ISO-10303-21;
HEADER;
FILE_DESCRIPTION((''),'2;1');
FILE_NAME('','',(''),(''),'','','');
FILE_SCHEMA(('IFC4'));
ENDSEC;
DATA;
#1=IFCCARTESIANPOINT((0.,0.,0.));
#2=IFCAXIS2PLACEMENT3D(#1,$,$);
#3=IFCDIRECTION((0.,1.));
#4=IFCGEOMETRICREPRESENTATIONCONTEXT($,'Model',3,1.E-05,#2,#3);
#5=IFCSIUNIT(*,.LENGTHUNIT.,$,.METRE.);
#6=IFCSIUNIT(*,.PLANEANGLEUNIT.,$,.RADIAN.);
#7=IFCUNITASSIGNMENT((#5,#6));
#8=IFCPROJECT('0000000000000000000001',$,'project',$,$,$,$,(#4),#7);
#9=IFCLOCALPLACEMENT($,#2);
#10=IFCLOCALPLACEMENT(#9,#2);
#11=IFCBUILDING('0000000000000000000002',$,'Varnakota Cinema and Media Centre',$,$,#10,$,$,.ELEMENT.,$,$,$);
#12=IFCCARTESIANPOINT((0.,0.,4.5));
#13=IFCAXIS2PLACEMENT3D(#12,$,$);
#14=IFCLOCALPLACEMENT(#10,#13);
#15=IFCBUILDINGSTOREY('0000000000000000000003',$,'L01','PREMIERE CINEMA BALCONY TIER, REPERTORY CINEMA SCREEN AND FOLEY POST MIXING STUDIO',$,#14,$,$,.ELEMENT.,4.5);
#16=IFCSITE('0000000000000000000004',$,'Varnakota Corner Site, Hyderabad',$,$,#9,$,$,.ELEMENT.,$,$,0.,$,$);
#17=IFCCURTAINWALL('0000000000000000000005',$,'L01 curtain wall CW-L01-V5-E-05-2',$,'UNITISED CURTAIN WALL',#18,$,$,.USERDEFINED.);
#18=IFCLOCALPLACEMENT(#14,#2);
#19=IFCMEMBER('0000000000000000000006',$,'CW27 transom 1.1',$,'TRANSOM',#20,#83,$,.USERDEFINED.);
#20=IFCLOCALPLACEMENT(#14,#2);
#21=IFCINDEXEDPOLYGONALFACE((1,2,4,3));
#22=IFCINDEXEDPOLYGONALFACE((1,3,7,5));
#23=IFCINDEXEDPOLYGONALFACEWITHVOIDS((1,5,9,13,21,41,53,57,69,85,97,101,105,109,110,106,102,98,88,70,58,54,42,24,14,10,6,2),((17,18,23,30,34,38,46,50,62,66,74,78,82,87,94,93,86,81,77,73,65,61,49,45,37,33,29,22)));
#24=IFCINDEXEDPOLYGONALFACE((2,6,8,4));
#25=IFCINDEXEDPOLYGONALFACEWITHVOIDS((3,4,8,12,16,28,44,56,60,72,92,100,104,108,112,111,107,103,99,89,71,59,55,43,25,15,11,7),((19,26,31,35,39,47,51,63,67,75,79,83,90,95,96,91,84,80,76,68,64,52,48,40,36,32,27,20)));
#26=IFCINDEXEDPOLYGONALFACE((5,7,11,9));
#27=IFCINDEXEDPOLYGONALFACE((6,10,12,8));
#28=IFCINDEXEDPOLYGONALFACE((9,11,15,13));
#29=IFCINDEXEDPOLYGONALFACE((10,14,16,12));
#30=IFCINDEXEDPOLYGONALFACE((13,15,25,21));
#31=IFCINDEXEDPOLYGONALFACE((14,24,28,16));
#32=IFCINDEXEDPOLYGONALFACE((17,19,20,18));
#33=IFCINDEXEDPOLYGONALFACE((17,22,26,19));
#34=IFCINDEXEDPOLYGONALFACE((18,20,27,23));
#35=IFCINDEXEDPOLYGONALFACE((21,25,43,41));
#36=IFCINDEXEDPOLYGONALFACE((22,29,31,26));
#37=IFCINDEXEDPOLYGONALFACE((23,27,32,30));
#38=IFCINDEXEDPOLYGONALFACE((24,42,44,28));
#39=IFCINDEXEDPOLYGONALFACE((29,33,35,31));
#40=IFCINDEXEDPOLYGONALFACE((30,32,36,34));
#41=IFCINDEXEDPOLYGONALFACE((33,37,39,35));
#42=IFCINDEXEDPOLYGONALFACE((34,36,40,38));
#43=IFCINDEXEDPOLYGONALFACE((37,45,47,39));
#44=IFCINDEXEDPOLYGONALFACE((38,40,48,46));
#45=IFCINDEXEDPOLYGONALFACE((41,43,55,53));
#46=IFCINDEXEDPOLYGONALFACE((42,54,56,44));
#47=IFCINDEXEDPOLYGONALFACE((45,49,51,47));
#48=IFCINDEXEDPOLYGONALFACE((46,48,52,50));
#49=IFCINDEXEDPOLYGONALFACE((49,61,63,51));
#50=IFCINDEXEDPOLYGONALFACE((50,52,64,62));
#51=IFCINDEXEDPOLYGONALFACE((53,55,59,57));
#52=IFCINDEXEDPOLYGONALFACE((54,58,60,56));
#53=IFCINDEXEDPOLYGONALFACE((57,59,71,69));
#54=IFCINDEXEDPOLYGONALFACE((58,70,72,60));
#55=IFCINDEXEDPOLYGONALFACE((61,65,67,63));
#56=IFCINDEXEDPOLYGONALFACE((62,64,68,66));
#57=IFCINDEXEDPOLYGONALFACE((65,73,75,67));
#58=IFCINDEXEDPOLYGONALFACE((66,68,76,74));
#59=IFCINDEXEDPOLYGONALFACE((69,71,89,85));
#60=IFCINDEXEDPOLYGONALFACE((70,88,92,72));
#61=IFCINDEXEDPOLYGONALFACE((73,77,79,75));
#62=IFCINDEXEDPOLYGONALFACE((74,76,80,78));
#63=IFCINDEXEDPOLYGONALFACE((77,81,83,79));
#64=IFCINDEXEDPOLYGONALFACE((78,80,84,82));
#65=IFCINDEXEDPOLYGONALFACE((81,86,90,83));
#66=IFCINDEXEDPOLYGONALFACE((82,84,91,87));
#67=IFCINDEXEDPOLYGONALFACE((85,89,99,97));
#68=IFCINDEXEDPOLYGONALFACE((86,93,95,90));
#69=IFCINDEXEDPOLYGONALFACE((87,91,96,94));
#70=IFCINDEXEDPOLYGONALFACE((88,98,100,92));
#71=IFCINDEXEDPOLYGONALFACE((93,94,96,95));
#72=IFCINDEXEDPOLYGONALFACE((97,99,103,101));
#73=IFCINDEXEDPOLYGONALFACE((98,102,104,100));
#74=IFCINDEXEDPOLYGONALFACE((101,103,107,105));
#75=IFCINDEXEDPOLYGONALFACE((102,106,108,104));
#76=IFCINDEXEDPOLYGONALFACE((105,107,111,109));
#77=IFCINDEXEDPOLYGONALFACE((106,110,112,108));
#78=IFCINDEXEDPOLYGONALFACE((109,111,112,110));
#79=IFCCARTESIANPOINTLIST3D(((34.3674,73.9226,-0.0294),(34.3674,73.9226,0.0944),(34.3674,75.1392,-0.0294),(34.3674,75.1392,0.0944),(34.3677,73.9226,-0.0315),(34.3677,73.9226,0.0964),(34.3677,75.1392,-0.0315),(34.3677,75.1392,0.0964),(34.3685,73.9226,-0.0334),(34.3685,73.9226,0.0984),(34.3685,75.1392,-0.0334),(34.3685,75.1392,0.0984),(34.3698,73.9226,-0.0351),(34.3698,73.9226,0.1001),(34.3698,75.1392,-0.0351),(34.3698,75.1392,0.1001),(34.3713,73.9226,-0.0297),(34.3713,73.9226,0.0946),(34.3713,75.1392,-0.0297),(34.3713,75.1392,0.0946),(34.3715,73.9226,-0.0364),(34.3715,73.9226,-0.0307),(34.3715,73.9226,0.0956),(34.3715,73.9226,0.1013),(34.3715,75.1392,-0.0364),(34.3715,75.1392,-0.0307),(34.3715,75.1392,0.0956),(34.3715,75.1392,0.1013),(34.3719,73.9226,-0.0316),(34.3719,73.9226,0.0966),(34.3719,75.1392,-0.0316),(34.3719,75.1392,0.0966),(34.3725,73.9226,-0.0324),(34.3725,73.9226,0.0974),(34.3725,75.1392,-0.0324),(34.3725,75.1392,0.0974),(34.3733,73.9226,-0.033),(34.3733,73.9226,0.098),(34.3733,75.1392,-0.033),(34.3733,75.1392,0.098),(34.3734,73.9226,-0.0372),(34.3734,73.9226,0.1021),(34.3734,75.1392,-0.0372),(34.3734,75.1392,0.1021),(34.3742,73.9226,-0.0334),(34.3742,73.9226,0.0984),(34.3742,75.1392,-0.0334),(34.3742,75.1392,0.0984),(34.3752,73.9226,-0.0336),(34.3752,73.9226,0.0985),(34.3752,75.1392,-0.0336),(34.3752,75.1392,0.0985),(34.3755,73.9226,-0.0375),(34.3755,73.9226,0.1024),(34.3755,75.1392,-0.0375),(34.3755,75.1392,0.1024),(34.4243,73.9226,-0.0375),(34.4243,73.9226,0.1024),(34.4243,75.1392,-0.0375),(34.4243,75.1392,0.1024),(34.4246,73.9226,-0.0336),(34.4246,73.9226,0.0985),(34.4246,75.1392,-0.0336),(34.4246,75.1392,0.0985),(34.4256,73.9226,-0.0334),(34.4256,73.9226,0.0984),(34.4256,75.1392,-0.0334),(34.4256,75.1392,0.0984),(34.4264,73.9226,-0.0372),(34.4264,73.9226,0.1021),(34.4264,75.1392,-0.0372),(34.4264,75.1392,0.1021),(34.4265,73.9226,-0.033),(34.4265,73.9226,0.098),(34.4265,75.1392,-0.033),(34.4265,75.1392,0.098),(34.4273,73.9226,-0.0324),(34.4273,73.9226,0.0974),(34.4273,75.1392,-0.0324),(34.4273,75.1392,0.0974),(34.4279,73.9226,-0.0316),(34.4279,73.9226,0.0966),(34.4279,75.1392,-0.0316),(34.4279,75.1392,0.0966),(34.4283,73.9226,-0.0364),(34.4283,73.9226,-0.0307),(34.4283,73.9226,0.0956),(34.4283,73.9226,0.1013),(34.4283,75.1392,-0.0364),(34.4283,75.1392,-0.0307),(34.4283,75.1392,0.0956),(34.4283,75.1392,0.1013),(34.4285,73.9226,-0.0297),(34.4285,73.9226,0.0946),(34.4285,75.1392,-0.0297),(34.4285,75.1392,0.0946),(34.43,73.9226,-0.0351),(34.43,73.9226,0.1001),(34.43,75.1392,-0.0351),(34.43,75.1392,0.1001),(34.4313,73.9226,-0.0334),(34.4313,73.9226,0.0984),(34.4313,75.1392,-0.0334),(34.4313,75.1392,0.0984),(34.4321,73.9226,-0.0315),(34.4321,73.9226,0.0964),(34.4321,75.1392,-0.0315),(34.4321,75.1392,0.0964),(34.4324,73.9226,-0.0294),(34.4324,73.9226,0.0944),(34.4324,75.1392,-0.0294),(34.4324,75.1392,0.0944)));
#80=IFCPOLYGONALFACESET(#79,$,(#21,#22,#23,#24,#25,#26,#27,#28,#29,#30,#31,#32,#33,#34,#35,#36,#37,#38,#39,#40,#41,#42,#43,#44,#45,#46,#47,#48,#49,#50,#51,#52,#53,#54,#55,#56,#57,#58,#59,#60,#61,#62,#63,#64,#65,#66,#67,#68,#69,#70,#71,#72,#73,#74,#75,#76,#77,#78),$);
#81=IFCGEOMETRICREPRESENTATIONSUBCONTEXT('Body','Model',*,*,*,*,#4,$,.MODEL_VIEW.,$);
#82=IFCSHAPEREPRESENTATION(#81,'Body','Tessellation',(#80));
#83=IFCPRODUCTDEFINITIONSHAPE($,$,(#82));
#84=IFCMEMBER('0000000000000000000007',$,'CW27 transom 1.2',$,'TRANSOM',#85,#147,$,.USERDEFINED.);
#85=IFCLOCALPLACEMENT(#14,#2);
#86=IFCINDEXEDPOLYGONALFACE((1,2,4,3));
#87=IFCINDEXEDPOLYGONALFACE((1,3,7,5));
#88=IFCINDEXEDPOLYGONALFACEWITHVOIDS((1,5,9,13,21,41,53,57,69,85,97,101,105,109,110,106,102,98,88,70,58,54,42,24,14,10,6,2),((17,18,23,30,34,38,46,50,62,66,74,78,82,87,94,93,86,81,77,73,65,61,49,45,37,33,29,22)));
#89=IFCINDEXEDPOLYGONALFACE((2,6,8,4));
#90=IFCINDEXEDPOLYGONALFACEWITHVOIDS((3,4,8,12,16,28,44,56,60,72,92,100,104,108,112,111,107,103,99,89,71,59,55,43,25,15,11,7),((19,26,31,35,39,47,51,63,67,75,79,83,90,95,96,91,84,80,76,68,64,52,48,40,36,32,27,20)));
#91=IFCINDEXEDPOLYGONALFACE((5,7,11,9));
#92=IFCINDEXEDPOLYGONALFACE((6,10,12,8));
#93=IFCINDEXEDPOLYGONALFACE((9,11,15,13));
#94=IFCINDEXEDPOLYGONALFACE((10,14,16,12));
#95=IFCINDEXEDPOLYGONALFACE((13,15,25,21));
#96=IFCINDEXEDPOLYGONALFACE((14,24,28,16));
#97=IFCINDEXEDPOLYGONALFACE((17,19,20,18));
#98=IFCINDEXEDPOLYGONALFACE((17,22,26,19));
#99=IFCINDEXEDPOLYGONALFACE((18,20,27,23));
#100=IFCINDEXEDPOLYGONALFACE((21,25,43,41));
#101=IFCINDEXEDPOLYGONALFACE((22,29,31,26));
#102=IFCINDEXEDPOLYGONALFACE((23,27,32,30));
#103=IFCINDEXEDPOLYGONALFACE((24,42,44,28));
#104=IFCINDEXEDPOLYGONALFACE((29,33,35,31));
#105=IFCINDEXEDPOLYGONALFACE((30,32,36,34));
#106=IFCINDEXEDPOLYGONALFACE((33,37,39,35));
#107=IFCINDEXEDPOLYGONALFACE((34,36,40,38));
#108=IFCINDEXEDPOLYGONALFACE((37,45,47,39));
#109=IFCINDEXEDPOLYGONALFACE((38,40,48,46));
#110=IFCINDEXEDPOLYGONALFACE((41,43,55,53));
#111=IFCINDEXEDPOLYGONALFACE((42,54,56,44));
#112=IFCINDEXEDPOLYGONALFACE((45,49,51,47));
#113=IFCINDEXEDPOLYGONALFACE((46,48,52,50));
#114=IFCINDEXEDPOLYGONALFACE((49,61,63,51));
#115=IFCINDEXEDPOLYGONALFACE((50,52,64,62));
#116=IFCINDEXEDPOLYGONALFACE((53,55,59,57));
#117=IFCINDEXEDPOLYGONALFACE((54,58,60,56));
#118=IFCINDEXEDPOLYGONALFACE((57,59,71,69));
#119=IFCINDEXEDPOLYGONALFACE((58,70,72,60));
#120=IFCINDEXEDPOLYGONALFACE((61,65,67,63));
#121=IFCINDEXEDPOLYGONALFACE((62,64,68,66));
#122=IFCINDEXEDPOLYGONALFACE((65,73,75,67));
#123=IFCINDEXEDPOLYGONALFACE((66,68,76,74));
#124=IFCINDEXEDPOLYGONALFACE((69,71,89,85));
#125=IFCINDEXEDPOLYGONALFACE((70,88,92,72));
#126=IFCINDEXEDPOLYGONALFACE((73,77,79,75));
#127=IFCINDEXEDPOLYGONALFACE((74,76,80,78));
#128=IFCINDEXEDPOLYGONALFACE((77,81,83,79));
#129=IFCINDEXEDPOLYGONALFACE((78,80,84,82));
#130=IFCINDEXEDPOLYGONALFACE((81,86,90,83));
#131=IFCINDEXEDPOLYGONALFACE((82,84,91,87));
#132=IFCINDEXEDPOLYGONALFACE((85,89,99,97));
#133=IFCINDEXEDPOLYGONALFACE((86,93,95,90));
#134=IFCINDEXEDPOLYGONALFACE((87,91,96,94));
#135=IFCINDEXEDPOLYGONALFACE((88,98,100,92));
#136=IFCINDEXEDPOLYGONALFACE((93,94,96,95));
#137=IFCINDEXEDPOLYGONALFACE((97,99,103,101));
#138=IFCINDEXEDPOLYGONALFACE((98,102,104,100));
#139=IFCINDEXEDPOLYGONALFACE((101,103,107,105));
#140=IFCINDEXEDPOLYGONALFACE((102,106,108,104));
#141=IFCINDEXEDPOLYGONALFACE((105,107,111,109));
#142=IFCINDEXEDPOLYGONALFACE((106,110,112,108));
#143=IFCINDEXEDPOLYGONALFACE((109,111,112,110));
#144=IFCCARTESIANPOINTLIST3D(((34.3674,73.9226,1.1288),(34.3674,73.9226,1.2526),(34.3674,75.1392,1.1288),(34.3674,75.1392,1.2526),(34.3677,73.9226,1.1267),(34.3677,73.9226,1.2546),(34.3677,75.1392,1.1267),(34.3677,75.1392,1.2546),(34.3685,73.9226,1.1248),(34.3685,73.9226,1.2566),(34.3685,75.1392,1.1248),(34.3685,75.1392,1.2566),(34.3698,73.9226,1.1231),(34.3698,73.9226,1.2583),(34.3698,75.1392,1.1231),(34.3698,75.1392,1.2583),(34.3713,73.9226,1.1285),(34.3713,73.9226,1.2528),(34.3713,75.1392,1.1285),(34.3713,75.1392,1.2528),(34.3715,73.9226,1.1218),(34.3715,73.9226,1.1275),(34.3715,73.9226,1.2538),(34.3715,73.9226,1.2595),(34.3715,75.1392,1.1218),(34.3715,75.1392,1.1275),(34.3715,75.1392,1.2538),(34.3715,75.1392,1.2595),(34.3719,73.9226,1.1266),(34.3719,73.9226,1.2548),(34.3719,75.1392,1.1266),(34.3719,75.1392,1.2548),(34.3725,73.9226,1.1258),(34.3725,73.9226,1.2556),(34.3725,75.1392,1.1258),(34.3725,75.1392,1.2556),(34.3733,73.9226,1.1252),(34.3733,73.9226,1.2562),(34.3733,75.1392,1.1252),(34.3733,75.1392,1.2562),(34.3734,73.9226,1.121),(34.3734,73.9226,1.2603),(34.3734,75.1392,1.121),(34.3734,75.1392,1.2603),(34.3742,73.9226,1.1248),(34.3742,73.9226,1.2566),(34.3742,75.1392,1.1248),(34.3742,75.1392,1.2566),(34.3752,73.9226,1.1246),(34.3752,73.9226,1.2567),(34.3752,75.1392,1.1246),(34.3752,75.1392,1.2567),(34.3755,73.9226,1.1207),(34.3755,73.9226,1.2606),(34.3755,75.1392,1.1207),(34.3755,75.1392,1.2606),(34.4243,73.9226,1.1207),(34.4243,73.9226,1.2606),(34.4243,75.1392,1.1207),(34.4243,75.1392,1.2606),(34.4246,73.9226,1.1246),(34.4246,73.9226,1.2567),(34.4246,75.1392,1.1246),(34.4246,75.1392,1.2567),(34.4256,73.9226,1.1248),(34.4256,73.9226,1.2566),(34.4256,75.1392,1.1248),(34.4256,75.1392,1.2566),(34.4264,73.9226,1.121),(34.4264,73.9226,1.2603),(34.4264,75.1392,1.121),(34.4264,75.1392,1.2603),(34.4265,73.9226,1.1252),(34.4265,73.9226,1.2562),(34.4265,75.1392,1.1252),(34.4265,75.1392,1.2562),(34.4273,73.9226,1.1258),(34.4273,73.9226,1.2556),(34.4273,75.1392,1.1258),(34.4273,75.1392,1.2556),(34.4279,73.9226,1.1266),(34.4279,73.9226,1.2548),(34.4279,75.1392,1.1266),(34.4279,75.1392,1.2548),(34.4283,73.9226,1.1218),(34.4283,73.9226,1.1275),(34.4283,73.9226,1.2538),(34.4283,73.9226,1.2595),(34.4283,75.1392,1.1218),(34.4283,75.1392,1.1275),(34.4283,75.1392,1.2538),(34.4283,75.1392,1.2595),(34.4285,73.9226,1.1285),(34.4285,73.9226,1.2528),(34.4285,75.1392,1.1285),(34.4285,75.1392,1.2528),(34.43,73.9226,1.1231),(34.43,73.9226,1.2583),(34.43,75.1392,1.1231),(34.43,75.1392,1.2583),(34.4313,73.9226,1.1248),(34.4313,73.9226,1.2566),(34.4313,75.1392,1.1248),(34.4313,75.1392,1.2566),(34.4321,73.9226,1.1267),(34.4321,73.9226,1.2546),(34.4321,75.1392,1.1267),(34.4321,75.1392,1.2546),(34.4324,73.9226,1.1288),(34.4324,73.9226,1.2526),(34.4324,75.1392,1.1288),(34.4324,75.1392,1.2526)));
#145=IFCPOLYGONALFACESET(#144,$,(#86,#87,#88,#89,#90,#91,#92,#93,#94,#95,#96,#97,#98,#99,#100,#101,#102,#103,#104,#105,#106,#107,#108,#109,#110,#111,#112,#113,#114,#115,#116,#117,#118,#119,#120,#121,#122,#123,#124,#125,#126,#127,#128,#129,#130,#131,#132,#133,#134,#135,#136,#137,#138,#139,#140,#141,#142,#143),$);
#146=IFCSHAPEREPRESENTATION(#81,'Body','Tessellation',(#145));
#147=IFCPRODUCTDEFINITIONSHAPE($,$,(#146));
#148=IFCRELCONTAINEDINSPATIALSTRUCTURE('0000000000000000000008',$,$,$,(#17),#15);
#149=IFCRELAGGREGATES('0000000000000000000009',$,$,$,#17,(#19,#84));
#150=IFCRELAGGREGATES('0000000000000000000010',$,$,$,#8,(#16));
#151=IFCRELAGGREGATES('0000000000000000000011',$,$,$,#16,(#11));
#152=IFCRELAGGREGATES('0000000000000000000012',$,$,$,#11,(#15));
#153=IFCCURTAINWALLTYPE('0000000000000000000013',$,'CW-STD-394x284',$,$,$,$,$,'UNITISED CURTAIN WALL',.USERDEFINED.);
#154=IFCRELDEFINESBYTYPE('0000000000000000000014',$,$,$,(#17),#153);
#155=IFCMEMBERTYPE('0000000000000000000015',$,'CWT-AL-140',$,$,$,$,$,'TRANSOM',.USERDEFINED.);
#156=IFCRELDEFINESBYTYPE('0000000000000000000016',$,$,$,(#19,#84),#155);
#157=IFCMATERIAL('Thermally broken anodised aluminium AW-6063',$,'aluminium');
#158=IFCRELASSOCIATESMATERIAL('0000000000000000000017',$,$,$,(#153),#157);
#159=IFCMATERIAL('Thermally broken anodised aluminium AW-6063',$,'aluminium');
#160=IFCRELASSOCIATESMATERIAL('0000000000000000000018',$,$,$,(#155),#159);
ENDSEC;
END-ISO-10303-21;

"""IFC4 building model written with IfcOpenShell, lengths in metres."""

from ifc_helpers import new_model, si_unit, direction, frame, origin, origin_2d, place, context, subcontext, project, spatial, hollow_rectangle, extrude, material, material_profile, profile_set, type_object, element, aggregate, save


model = new_model("IFC4")

# Units and contexts
model_context = context("Model", 3, precision=1e-05, world=origin(), true_north=direction((0.0, 1.0)))
body_context = subcontext(model_context, "Body", "Model", "MODEL_VIEW")
ifc_project = project(units=[si_unit("LENGTHUNIT", "METRE"), si_unit("PLANEANGLEUNIT", "RADIAN")], contexts=[model_context])

# Site, building, storey
site_placement = place(None, origin())
site = spatial("IfcSite", under=ifc_project, at=site_placement, Name="Varnakota Corner Site, Hyderabad", CompositionType="ELEMENT", RefElevation=0.0)
building_placement = place(site_placement, origin())
building = spatial("IfcBuilding", under=site, at=building_placement, Name="Varnakota Cinema and Media Centre", CompositionType="ELEMENT")
storey_placement = place(building_placement, frame((0.0, 0.0, 4.5)))
storey = spatial("IfcBuildingStorey", under=building, at=storey_placement, Name="L01", Description="PREMIERE CINEMA BALCONY TIER, REPERTORY CINEMA SCREEN AND FOLEY POST MIXING STUDIO", CompositionType="ELEMENT", Elevation=4.5)

# Shared definitions
ifc_material_1 = material(Name="Thermally broken anodised aluminium AW-6063", Category="aluminium")
curtain_wall_type = type_object("IfcCurtainWallType", Name="CW-STD-394x284", ElementType="UNITISED CURTAIN WALL", PredefinedType="USERDEFINED", material=ifc_material_1)

# Curtain wall, members
curtain_wall_1_placement = place(storey_placement, origin())
curtain_wall_1 = element("IfcCurtainWall", 1, at=curtain_wall_1_placement, inside=storey, type_object=curtain_wall_type, Name="L01 curtain wall CW-L01-V5-E-05-2", ObjectType="UNITISED CURTAIN WALL", PredefinedType="USERDEFINED")
ifc_material_2 = material(Name="Thermally broken anodised aluminium AW-6063", Category="aluminium")
ifc_material_profile_1 = material_profile(ifc_material_2, hollow_rectangle(XDim=0.0649, YDim=0.1399, WallThickness=0.0039, InnerFilletRadius=0.0039, OuterFilletRadius=0.0081, at=origin_2d()), Name="AL-TRANSOM 140x65x4")
ifc_profile_set_1 = profile_set([ifc_material_profile_1], Name="Thermally broken anodised aluminium AW-6063")
member_type_1 = type_object("IfcMemberType", Name="CWT-AL-140", ElementType="TRANSOM", PredefinedType="USERDEFINED", material=ifc_profile_set_1)
member_1_placement = place(storey_placement, frame((34.3999, 73.9226, 0.0325), z_axis=(0.0, 1.0, 0.0), x_axis=(-1.0, 0.0, 0.0)))
member_1 = element("IfcMember", 2, at=member_1_placement, type_object=member_type_1, Name="CW27 transom 1.1", ObjectType="TRANSOM", PredefinedType="USERDEFINED", context=body_context, shape_type="SweptSolid", body=[
    extrude(hollow_rectangle(XDim=0.0649, YDim=0.1399, WallThickness=0.0039, InnerFilletRadius=0.0039, OuterFilletRadius=0.0081, at=origin_2d()), origin(), (0.0, 0.0, 1.0), 1.2166),
])
member_2_placement = place(storey_placement, frame((34.3999, 73.9226, 1.1907), z_axis=(0.0, 1.0, 0.0), x_axis=(-1.0, 0.0, 0.0)))
member_2 = element("IfcMember", 3, at=member_2_placement, type_object=member_type_1, Name="CW27 transom 1.2", ObjectType="TRANSOM", PredefinedType="USERDEFINED", context=body_context, shape_type="SweptSolid", body=[
    extrude(hollow_rectangle(XDim=0.0649, YDim=0.1399, WallThickness=0.0039, InnerFilletRadius=0.0039, OuterFilletRadius=0.0081, at=origin_2d()), origin(), (0.0, 0.0, 1.0), 1.2166),
])

aggregate(curtain_wall_1, [member_1, member_2])

save(model, "model.ifc")
